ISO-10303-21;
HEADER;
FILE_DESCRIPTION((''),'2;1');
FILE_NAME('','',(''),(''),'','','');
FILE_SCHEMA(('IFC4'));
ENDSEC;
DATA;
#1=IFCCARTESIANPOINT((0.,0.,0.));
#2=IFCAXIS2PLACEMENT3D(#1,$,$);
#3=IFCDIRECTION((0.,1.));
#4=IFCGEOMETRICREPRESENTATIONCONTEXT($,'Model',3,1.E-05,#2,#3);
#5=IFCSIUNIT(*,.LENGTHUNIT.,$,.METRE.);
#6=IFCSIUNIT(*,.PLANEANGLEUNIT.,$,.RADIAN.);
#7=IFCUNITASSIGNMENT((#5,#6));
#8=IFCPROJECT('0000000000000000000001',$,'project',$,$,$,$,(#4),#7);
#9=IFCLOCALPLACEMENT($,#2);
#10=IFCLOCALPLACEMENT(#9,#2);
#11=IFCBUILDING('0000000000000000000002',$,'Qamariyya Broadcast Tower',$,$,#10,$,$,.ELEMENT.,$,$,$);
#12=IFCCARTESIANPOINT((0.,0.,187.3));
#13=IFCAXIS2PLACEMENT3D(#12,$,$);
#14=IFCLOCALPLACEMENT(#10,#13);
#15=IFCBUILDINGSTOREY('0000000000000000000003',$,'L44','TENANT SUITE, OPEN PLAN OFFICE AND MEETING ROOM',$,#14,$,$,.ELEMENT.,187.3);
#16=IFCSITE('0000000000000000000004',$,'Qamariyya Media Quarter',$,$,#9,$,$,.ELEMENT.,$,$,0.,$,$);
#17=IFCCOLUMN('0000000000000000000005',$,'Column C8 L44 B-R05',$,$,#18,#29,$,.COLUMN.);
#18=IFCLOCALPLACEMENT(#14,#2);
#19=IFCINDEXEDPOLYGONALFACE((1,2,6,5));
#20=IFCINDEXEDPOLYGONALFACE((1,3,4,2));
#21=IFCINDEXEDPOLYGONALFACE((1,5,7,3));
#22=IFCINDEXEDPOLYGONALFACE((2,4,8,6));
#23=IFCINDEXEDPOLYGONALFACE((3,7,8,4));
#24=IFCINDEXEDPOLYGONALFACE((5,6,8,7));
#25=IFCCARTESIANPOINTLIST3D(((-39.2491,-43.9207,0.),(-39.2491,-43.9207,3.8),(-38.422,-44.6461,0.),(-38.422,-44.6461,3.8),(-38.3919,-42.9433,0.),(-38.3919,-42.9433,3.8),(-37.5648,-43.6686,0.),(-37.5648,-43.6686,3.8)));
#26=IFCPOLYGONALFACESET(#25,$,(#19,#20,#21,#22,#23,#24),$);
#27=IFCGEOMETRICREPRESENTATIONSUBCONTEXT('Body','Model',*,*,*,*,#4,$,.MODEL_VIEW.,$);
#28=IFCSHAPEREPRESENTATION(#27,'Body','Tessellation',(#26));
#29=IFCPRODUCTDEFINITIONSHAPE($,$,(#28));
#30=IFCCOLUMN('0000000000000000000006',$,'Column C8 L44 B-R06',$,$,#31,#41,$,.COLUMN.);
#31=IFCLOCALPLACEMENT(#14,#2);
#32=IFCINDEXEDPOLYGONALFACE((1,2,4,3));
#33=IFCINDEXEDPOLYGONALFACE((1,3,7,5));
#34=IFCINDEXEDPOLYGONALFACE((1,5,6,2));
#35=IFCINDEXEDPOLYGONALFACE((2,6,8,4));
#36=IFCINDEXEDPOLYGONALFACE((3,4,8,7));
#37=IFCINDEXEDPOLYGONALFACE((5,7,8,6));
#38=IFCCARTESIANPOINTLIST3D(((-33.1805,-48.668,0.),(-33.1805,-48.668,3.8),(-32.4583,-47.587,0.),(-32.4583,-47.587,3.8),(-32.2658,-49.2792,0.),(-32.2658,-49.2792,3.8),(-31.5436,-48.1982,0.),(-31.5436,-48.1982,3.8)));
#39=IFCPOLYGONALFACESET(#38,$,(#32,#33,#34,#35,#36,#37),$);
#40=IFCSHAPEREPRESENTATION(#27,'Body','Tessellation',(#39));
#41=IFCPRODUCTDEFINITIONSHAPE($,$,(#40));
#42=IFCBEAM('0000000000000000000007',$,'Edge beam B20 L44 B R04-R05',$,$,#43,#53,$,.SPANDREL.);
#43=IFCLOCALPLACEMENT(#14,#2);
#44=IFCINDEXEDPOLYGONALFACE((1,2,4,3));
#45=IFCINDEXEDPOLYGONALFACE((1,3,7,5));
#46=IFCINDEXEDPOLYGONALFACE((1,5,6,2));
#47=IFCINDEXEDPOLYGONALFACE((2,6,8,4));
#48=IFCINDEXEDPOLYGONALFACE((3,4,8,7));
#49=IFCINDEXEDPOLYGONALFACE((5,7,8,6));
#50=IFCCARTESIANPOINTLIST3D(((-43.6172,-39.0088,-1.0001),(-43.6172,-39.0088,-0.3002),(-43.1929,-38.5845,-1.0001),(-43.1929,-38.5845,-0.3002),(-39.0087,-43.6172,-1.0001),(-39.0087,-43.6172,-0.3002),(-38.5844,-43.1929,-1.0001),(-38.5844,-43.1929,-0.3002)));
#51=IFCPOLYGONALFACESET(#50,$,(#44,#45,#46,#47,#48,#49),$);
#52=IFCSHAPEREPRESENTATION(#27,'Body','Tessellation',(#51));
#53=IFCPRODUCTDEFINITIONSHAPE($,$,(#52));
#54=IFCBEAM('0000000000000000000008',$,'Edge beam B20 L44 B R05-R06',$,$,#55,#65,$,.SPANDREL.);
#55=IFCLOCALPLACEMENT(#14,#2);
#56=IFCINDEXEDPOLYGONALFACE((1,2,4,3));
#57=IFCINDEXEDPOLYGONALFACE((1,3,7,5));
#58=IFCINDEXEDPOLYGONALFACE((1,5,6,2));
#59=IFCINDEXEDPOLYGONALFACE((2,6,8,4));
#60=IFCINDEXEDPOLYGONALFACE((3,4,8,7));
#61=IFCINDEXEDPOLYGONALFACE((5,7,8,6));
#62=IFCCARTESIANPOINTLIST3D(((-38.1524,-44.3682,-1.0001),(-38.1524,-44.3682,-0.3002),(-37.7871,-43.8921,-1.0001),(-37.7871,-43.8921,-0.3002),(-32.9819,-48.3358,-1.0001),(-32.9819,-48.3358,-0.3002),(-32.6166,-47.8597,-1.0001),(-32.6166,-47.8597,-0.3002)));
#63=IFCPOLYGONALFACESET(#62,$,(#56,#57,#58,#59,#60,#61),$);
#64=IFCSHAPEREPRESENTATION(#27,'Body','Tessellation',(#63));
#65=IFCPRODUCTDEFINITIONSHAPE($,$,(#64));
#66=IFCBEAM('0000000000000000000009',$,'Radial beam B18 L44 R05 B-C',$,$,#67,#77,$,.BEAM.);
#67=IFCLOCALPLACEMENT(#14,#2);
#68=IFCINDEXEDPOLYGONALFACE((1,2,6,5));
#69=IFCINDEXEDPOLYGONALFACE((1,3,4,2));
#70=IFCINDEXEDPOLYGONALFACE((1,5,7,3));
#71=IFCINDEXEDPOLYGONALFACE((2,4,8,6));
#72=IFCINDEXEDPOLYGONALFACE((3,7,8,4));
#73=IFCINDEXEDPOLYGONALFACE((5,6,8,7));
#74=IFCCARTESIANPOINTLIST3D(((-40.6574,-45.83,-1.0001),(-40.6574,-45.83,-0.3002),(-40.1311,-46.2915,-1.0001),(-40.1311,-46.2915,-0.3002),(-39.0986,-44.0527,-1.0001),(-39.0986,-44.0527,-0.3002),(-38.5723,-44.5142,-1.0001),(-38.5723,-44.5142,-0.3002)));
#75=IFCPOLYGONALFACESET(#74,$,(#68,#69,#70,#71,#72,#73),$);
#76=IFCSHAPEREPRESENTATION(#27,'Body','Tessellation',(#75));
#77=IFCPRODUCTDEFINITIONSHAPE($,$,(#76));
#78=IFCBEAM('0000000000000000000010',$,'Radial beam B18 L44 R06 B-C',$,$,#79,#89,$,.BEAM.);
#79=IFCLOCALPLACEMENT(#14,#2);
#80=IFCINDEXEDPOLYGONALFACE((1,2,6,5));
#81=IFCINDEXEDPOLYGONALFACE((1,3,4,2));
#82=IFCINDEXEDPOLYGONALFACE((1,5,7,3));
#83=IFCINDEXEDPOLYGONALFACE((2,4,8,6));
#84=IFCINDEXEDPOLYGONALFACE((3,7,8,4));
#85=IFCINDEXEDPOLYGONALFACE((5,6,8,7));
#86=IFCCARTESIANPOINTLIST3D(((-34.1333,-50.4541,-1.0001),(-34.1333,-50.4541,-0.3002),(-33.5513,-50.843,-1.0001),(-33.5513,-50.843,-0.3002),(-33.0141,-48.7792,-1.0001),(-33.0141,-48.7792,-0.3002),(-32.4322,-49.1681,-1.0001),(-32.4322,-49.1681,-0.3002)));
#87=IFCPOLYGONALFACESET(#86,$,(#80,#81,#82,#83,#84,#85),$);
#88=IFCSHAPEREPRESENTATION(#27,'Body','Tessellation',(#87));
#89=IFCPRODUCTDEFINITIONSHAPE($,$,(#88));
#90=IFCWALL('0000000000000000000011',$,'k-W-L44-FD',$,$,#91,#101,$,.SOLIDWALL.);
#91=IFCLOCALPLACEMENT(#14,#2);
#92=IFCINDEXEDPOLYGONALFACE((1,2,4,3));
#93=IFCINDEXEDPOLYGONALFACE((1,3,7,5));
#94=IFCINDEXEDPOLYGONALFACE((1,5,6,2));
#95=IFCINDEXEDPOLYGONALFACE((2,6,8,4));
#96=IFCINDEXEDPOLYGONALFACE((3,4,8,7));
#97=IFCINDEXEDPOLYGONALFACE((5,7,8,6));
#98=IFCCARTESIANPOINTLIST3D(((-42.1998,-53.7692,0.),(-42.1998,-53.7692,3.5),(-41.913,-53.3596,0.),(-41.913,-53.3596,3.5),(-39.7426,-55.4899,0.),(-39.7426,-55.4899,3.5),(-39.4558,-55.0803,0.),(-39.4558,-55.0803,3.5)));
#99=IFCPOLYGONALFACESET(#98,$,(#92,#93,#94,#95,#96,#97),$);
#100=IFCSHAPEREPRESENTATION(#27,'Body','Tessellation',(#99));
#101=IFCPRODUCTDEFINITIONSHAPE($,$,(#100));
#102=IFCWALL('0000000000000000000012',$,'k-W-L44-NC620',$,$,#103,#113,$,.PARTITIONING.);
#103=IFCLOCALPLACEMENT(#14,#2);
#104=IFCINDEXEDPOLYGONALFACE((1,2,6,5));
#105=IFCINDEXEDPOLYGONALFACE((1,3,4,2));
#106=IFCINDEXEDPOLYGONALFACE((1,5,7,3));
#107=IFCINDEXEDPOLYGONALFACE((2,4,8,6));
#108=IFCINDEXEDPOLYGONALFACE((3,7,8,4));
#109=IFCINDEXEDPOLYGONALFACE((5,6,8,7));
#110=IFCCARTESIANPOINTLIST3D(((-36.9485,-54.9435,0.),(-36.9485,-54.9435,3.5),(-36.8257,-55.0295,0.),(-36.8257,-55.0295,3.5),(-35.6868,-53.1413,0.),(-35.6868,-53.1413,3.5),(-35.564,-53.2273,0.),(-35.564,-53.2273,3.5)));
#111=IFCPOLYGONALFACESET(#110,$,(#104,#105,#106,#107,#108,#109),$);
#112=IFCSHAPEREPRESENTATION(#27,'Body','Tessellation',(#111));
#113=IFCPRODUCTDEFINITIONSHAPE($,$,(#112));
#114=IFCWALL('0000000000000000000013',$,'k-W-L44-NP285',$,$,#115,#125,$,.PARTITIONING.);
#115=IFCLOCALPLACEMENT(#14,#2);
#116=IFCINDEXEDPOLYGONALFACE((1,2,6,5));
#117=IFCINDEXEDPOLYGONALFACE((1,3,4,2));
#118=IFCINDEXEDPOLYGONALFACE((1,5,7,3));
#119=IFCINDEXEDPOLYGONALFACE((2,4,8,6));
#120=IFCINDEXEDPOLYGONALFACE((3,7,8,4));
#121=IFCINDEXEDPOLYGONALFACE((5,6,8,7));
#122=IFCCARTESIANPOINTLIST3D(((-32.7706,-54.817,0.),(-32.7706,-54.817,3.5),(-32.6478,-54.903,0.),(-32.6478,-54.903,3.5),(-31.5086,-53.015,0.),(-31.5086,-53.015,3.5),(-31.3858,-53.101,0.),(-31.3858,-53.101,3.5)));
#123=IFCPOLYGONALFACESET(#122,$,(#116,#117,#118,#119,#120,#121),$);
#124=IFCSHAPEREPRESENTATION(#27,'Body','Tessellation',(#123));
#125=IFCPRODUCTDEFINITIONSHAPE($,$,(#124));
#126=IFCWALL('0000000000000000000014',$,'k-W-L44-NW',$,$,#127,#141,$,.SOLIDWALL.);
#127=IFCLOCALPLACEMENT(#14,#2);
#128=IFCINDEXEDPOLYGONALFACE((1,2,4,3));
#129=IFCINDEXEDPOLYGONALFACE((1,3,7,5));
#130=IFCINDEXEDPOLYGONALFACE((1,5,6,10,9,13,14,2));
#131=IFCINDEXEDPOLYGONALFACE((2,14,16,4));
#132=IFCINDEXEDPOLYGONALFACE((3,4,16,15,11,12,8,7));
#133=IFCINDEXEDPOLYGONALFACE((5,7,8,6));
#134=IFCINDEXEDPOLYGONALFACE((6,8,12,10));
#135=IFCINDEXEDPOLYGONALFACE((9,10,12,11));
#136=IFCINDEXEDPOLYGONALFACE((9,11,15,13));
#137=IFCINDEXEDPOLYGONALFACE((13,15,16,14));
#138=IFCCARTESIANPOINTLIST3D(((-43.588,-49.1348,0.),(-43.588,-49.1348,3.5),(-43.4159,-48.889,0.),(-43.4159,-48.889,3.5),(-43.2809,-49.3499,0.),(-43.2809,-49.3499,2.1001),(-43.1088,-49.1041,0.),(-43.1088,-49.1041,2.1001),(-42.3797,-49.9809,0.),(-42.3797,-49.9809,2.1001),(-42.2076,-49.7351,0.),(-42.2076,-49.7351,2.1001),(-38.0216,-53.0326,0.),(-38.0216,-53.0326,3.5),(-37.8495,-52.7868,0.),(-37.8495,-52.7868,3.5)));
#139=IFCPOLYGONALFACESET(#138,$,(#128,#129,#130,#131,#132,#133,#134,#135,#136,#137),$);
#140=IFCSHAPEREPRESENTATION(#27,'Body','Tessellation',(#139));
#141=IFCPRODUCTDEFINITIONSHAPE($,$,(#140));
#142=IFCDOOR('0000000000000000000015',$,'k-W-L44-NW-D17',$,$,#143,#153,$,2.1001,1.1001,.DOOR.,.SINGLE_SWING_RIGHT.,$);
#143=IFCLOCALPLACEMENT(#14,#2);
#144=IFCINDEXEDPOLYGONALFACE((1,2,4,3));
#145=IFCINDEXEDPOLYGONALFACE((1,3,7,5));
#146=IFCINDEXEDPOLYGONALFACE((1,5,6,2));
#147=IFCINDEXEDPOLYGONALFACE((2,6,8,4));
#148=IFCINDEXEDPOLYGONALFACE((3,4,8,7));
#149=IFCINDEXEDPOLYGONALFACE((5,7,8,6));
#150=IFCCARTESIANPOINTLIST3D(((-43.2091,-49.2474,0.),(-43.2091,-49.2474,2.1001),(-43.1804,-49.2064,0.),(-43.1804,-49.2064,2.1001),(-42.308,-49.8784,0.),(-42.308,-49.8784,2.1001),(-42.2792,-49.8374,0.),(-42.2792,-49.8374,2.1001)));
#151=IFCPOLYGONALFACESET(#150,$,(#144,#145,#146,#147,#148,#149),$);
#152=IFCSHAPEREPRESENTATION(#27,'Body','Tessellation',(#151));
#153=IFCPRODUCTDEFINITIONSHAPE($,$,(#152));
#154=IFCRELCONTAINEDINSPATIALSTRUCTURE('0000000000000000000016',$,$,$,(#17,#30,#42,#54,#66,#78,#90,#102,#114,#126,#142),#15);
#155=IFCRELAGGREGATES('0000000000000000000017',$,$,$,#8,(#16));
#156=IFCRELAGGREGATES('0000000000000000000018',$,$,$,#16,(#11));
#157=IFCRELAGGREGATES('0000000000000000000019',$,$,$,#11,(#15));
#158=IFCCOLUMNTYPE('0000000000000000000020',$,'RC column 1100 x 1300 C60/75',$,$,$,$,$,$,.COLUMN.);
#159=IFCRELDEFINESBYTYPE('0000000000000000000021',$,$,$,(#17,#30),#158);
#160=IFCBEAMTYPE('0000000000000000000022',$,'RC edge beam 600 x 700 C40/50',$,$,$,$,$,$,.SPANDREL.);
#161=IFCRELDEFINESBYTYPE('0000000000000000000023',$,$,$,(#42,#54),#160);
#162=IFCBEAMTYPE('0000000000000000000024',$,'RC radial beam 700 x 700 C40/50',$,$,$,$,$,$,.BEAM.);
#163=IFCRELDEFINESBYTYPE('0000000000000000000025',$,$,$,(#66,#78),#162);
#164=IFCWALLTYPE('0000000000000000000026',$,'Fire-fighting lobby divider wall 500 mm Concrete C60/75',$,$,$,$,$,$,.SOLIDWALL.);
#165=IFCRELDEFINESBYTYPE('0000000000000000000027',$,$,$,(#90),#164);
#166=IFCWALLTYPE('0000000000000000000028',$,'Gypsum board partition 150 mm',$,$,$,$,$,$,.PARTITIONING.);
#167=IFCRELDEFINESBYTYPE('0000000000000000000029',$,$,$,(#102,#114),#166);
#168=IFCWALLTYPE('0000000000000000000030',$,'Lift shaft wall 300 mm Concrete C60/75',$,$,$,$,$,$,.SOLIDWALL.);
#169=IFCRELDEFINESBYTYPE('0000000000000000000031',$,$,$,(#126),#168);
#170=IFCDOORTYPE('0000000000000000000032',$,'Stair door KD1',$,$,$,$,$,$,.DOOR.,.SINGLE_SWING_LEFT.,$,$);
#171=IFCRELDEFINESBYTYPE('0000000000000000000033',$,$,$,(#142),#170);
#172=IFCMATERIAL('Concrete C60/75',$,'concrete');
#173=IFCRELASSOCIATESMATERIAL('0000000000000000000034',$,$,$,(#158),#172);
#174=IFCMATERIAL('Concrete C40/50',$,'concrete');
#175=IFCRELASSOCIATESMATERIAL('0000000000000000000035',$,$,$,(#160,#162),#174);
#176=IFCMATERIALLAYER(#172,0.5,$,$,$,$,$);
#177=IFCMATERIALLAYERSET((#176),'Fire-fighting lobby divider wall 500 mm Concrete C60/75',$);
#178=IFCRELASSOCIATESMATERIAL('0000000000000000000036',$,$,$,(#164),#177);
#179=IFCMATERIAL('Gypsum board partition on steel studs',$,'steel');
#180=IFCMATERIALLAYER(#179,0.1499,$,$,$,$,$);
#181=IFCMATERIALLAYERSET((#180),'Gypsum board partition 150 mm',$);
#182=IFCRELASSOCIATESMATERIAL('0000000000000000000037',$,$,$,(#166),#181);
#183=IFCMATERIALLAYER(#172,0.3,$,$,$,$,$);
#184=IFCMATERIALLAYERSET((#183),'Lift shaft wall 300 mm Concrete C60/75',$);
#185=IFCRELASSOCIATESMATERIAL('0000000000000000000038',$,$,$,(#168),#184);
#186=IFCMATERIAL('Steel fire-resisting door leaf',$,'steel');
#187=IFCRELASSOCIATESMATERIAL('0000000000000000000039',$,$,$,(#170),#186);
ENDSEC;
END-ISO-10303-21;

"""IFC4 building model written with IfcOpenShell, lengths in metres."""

from ifc_helpers import new_model, si_unit, direction, frame, frame_2d, origin, origin_2d, place, context, subcontext, project, spatial, rectangle, extrude, material, layer, layer_set, material_profile, profile_set, type_object, element, fill, save


model = new_model("IFC4")

# Units and contexts
model_context = context("Model", 3, precision=1e-05, world=origin(), true_north=direction((0.0, 1.0)))
body_context = subcontext(model_context, "Body", "Model", "MODEL_VIEW")
ifc_project = project(units=[si_unit("LENGTHUNIT", "METRE"), si_unit("PLANEANGLEUNIT", "RADIAN")], contexts=[model_context])

# Site, building, storey
site_placement = place(None, origin())
site = spatial("IfcSite", under=ifc_project, at=site_placement, Name="Qamariyya Media Quarter", CompositionType="ELEMENT", RefElevation=0.0)
building_placement = place(site_placement, origin())
building = spatial("IfcBuilding", under=site, at=building_placement, Name="Qamariyya Broadcast Tower", CompositionType="ELEMENT")
storey_placement = place(building_placement, frame((0.0, 0.0, 187.3)))
storey = spatial("IfcBuildingStorey", under=building, at=storey_placement, Name="L44", Description="TENANT SUITE, OPEN PLAN OFFICE AND MEETING ROOM", CompositionType="ELEMENT", Elevation=187.3)

# Columns
ifc_material_1 = material(Name="Concrete C60/75", Category="concrete")
ifc_material_profile_1 = material_profile(ifc_material_1, rectangle(XDim=1.1001, YDim=1.3, at=origin_2d()))
ifc_profile_set_1 = profile_set([ifc_material_profile_1], Name="Concrete C60/75")
column_type = type_object("IfcColumnType", Name="RC column 1100 x 1300 C60/75", PredefinedType="COLUMN", material=ifc_profile_set_1)
for number, where, z_axis, x_axis, name in (
    (1, (-38.407, -43.7947, 0.0), (0.0, 0.0, 1.0), (0.75184, -0.659346, 0.0), "Column C8 L44 B-R05"),
    (2, (-32.3621, -48.4331, 0.0), (0.0, 0.0, 1.0), (0.83147, -0.55557, 0.0), "Column C8 L44 B-R06"),
):
    element("IfcColumn", number, at=place(storey_placement, frame(where, z_axis=z_axis, x_axis=x_axis)), inside=storey, type_object=column_type, Name=name, PredefinedType="COLUMN", context=body_context, shape_type="SweptSolid", body=[
        extrude(rectangle(XDim=1.1001, YDim=1.3, at=origin_2d()), origin(), (0.0, 0.0, 1.0), 3.8),
    ])

# Beams
ifc_material_2 = material(Name="Concrete C40/50", Category="concrete")
ifc_material_profile_2 = material_profile(ifc_material_2, rectangle(XDim=0.6001, YDim=0.7, at=origin_2d()))
ifc_profile_set_2 = profile_set([ifc_material_profile_2], Name="Concrete C40/50")
beam_type_1 = type_object("IfcBeamType", Name="RC edge beam 600 x 700 C40/50", PredefinedType="SPANDREL", material=ifc_profile_set_2)
for number, where, z_axis, x_axis, name in (
    (3, (-43.405, -38.7966, -0.6501), (0.707107, -0.707107, 0.0), (0.707107, 0.707107, 0.0), "Edge beam B20 L44 B R04-R05"),
    (4, (-37.9697, -44.1301, -0.6501), (0.793343, -0.608774, 0.0), (0.608774, 0.793343, 0.0), "Edge beam B20 L44 B R05-R06"),
):
    element("IfcBeam", number, at=place(storey_placement, frame(where, z_axis=z_axis, x_axis=x_axis)), inside=storey, type_object=beam_type_1, Name=name, PredefinedType="SPANDREL", context=body_context, shape_type="SweptSolid", body=[
        extrude(rectangle(XDim=0.6001, YDim=0.7, at=origin_2d()), origin(), (0.0, 0.0, 1.0), 6.5173),
    ])
ifc_material_profile_3 = material_profile(ifc_material_2, rectangle(XDim=0.7, YDim=0.7, at=origin_2d()))
ifc_profile_set_3 = profile_set([ifc_material_profile_3], Name="Concrete C40/50")
beam_type_2 = type_object("IfcBeamType", Name="RC radial beam 700 x 700 C40/50", PredefinedType="BEAM", material=ifc_profile_set_3)
beam_1_placement = place(storey_placement, frame((-38.8354, -44.2834, -0.6501), z_axis=(-0.659382, -0.751809, 0.0), x_axis=(0.751809, -0.659382, 0.0)))
element("IfcBeam", 5, at=beam_1_placement, inside=storey, type_object=beam_type_2, Name="Radial beam B18 L44 R05 B-C", PredefinedType="BEAM", context=body_context, shape_type="SweptSolid", body=[
    extrude(rectangle(XDim=0.7, YDim=0.7, at=origin_2d()), origin(), (0.0, 0.0, 1.0), 2.364),
])
beam_2_placement = place(storey_placement, frame((-32.7231, -48.9736, -0.6501), z_axis=(-0.555595, -0.831453, 0.0), x_axis=(0.831453, -0.555595, 0.0)))
element("IfcBeam", 6, at=beam_2_placement, inside=storey, type_object=beam_type_2, Name="Radial beam B18 L44 R06 B-C", PredefinedType="BEAM", context=body_context, shape_type="SweptSolid", body=[
    extrude(rectangle(XDim=0.7, YDim=0.7, at=origin_2d()), origin(), (0.0, 0.0, 1.0), 2.0144),
])

# Walls
ifc_layer_1 = layer(ifc_material_1, 0.5)
ifc_layer_set_1 = layer_set([ifc_layer_1], Name="Fire-fighting lobby divider wall 500 mm Concrete C60/75")
wall_type_1 = type_object("IfcWallType", Name="Fire-fighting lobby divider wall 500 mm Concrete C60/75", PredefinedType="SOLIDWALL", material=ifc_layer_set_1)
wall_1_placement = place(storey_placement, frame((-39.5991, -55.2852, 0.0), z_axis=(0.0, 0.0, 1.0), x_axis=(-0.819136, 0.573599, 0.0)))
element("IfcWall", 7, at=wall_1_placement, inside=storey, type_object=wall_type_1, Name="k-W-L44-FD", PredefinedType="SOLIDWALL", context=body_context, shape_type="SweptSolid", body=[
    extrude(rectangle(XDim=2.9998, YDim=0.5, at=frame_2d((1.5, 0.0))), origin(), (0.0, 0.0, 1.0), 3.5),
])
ifc_material_3 = material(Name="Gypsum board partition on steel studs", Category="steel")
ifc_layer_2 = layer(ifc_material_3, 0.1499)
ifc_layer_set_2 = layer_set([ifc_layer_2], Name="Gypsum board partition 150 mm")
wall_type_2 = type_object("IfcWallType", Name="Gypsum board partition 150 mm", PredefinedType="PARTITIONING", material=ifc_layer_set_2)
for number, where, z_axis, x_axis, name in (
    (8, (-36.8872, -54.9866, 0.0), (0.0, 0.0, 1.0), (0.573507, 0.819201, 0.0), "k-W-L44-NC620"),
    (9, (-32.7092, -54.8601, 0.0), (0.0, 0.0, 1.0), (0.573634, 0.819112, 0.0), "k-W-L44-NP285"),
):
    element("IfcWall", number, at=place(storey_placement, frame(where, z_axis=z_axis, x_axis=x_axis)), inside=storey, type_object=wall_type_2, Name=name, PredefinedType="PARTITIONING", context=body_context, shape_type="SweptSolid", body=[
        extrude(rectangle(XDim=2.2, YDim=0.1499, at=frame_2d((1.1001, 0.0))), origin(), (0.0, 0.0, 1.0), 3.5),
    ])

# Wall, opening, door
ifc_layer_3 = layer(ifc_material_1, 0.3)
ifc_layer_set_3 = layer_set([ifc_layer_3], Name="Lift shaft wall 300 mm Concrete C60/75")
wall_type_3 = type_object("IfcWallType", Name="Lift shaft wall 300 mm Concrete C60/75", PredefinedType="SOLIDWALL", material=ifc_layer_set_3)
wall_2_placement = place(storey_placement, frame((-37.9355, -52.9097, 0.0), z_axis=(0.0, 0.0, 1.0), x_axis=(-0.819148, 0.573583, 0.0)))
wall_2 = element("IfcWall", 10, at=wall_2_placement, inside=storey, type_object=wall_type_3, Name="k-W-L44-NW", PredefinedType="SOLIDWALL", context=body_context, shape_type="SweptSolid", body=[
    extrude(rectangle(XDim=6.7954, YDim=0.3, at=frame_2d((3.3977, 0.0))), origin(), (0.0, 0.0, 1.0), 3.5),
])
opening_1_placement = place(wall_2_placement, frame((5.3203, 0.0, 0.0)))
opening_1 = element("IfcOpeningElement", 11, at=opening_1_placement, cuts=wall_2, PredefinedType="OPENING", context=body_context, shape_type="SweptSolid", body=[
    extrude(rectangle(XDim=1.1001, YDim=2.1001, at=frame_2d((0.55, 1.05))), frame((0.0, 0.1599, 0.0), z_axis=(0.0, -1.0, 0.0), x_axis=(1.0, 0.0, 0.0)), (0.0, 0.0, 1.0), 0.3201),
])
ifc_material_4 = material(Name="Steel fire-resisting door leaf", Category="steel")
door_type_1 = type_object("IfcDoorType", Name="Stair door KD1", OperationType="SINGLE_SWING_LEFT", PredefinedType="DOOR", material=ifc_material_4)
door_1_placement = place(opening_1_placement, origin())
door_1 = element("IfcDoor", 12, at=door_1_placement, inside=storey, type_object=door_type_1, Name="k-W-L44-NW-D17", OperationType="SINGLE_SWING_RIGHT", OverallHeight=2.1001, OverallWidth=1.1001, PredefinedType="DOOR", context=body_context, shape_type="SweptSolid", body=[
    extrude(rectangle(XDim=1.1001, YDim=2.1001, at=frame_2d((0.55, 1.05))), frame((0.0, 0.0249, 0.0), z_axis=(0.0, -1.0, 0.0), x_axis=(1.0, 0.0, 0.0)), (0.0, 0.0, 1.0), 0.05),
])
fill(opening_1, door_1)

save(model, "model.ifc")
